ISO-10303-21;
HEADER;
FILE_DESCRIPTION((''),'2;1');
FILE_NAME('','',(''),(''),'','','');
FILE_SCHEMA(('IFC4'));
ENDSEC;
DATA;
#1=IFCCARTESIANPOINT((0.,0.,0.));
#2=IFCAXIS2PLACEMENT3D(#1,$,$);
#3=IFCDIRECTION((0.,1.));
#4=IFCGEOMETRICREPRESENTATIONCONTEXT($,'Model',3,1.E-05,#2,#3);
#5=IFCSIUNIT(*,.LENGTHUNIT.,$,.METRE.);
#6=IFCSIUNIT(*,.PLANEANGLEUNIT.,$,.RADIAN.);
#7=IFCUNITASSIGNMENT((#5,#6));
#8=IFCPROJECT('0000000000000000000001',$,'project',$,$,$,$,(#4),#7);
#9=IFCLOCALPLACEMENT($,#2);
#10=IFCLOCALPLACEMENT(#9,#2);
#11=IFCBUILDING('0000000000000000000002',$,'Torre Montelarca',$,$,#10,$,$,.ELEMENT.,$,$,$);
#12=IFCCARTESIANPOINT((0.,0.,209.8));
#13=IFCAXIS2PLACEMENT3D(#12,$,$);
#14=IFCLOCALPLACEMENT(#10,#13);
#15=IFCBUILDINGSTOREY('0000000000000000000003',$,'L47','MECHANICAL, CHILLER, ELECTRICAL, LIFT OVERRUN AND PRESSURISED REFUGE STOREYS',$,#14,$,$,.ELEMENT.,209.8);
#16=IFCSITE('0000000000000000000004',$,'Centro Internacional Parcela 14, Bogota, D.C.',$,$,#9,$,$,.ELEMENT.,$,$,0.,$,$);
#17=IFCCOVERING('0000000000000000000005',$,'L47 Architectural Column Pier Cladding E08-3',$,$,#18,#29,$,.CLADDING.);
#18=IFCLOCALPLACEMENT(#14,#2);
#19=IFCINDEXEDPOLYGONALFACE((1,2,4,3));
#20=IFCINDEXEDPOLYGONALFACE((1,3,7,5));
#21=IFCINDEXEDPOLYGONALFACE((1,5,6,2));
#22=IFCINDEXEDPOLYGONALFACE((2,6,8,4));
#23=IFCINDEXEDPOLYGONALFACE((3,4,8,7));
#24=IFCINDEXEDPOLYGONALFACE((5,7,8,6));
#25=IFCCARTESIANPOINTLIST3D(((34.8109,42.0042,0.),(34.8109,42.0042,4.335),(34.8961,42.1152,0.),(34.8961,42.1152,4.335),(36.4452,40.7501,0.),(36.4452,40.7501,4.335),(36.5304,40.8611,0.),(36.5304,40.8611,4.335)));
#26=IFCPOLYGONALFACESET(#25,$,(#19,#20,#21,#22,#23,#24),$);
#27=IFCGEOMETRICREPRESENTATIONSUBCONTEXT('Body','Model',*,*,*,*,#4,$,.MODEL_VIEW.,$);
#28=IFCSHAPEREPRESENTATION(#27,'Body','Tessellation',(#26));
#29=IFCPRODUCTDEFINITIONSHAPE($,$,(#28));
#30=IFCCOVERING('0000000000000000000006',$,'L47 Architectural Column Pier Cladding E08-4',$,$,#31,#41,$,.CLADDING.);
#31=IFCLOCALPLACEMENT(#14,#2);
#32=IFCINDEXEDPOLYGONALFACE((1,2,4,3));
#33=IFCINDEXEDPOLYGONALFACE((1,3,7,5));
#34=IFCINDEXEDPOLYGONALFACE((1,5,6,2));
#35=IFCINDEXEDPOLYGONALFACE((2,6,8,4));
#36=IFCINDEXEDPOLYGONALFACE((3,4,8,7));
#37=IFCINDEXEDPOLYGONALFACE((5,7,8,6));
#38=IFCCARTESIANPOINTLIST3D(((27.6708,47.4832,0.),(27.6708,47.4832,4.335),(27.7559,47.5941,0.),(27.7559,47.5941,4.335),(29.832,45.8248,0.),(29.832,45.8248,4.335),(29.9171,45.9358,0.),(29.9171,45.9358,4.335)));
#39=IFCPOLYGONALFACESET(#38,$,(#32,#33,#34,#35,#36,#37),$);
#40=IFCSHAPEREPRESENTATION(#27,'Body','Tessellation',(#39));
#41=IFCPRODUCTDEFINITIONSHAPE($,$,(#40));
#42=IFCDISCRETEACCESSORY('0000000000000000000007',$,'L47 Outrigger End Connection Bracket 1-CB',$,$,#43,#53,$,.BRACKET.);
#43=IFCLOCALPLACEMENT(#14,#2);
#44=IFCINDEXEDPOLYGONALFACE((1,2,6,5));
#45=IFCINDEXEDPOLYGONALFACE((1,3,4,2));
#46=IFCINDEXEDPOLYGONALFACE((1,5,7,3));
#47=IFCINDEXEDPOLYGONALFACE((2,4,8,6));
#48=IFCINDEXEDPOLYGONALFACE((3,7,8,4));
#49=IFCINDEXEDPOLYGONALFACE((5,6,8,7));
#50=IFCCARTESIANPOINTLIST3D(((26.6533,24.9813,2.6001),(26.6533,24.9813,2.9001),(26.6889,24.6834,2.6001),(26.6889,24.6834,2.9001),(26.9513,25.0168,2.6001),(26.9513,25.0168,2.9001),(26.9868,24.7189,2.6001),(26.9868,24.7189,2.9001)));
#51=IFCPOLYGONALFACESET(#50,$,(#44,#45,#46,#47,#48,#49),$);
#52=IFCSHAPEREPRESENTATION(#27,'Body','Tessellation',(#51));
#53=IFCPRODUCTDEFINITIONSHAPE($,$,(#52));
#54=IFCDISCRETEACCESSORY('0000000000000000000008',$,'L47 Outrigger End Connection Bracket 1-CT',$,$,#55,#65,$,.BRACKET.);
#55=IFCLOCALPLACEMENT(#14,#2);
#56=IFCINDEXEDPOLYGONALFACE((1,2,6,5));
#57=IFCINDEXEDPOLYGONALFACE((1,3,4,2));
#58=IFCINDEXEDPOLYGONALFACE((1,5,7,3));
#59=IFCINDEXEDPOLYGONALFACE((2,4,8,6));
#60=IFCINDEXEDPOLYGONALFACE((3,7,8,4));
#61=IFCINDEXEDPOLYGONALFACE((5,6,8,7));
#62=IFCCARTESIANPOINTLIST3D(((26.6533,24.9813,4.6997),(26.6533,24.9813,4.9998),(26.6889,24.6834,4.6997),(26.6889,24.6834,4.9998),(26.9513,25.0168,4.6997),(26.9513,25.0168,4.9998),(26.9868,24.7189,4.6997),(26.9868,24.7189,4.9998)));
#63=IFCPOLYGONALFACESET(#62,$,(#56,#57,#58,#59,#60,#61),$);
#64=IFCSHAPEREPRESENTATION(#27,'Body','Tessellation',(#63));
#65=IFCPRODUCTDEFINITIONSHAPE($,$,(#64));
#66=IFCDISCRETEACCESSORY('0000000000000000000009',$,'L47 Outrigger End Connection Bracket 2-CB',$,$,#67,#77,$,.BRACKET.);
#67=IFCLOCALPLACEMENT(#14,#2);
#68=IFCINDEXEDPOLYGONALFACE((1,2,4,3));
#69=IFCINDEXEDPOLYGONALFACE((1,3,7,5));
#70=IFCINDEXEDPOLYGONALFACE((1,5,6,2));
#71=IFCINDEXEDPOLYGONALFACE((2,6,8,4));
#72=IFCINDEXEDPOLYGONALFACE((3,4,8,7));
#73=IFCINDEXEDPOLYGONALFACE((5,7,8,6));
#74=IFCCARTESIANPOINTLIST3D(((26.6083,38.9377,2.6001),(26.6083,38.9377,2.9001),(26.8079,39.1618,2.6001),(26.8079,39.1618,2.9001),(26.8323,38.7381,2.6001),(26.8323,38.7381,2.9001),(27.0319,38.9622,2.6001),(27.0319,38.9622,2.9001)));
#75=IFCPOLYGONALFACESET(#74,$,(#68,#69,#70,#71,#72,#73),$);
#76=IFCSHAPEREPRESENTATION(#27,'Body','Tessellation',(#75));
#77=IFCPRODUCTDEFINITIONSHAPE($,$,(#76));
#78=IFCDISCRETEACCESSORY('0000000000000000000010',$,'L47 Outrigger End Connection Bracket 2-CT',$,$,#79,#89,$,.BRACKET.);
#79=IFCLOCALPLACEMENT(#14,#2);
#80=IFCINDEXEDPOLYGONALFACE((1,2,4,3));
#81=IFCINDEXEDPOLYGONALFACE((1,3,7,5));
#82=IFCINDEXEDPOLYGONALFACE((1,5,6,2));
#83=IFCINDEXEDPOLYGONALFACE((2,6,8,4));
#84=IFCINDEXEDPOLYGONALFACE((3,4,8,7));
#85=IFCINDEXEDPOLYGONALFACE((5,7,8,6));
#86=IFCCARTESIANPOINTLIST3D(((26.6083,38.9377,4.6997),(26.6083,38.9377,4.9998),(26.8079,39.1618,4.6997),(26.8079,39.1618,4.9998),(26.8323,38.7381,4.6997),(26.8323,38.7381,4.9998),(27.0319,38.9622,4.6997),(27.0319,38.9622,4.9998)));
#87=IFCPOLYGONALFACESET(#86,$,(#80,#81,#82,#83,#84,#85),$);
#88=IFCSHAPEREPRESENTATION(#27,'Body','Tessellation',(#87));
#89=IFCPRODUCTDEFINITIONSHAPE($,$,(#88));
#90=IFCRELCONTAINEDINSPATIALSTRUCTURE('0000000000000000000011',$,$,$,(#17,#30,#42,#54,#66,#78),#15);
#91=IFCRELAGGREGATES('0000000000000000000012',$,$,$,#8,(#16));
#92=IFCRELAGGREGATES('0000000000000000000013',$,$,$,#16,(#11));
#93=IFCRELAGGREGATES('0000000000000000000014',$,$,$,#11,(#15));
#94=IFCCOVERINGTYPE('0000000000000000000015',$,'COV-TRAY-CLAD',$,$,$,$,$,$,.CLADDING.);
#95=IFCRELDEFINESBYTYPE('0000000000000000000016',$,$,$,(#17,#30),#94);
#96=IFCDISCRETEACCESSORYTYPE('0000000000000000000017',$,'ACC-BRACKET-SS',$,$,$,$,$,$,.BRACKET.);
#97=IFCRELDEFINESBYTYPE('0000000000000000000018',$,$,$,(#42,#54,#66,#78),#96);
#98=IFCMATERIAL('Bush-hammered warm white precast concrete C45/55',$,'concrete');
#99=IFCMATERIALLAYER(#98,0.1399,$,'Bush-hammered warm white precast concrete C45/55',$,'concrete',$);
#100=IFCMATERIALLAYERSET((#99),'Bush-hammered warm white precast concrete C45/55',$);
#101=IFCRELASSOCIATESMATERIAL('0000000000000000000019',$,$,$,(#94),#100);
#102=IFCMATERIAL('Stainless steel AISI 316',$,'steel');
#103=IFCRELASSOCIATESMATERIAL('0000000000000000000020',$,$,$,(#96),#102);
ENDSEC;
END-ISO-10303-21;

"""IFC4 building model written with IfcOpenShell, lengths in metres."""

from ifc_helpers import new_model, si_unit, direction, frame, origin, origin_2d, place, context, subcontext, project, spatial, rectangle, extrude, source, transform, mapped, material, layer, layer_set, type_object, element, save


model = new_model("IFC4")

# Units and contexts
model_context = context("Model", 3, precision=1e-05, world=origin(), true_north=direction((0.0, 1.0)))
body_context = subcontext(model_context, "Body", "Model", "MODEL_VIEW")
ifc_project = project(units=[si_unit("LENGTHUNIT", "METRE"), si_unit("PLANEANGLEUNIT", "RADIAN")], contexts=[model_context])

# Site, building, storey
site_placement = place(None, origin())
site = spatial("IfcSite", under=ifc_project, at=site_placement, Name="Centro Internacional Parcela 14, Bogota, D.C.", CompositionType="ELEMENT", RefElevation=0.0)
building_placement = place(site_placement, origin())
building = spatial("IfcBuilding", under=site, at=building_placement, Name="Torre Montelarca", CompositionType="ELEMENT")
storey_placement = place(building_placement, frame((0.0, 0.0, 209.8)))
storey = spatial("IfcBuildingStorey", under=building, at=storey_placement, Name="L47", Description="MECHANICAL, CHILLER, ELECTRICAL, LIFT OVERRUN AND PRESSURISED REFUGE STOREYS", CompositionType="ELEMENT", Elevation=209.8)

# Coverings
ifc_material_1 = material(Name="Bush-hammered warm white precast concrete C45/55", Category="concrete")
ifc_layer_1 = layer(ifc_material_1, 0.1399, Name="Bush-hammered warm white precast concrete C45/55", Category="concrete")
ifc_layer_set_1 = layer_set([ifc_layer_1], Name="Bush-hammered warm white precast concrete C45/55")
covering_type = type_object("IfcCoveringType", Name="COV-TRAY-CLAD", PredefinedType="CLADDING", material=ifc_layer_set_1)
shared_shape_1 = source(origin(), body_context, "Body", "SweptSolid", [
    extrude(rectangle(XDim=2.0601, YDim=0.1399, at=origin_2d()), origin(), (0.0, 0.0, 1.0), 4.335),
])
covering_1_placement = place(storey_placement, frame((35.6707, 41.4326, 0.0), z_axis=(0.0, 0.0, 1.0), x_axis=(-0.793352, 0.608763, 0.0)))
element("IfcCovering", 1, at=covering_1_placement, inside=storey, type_object=covering_type, Name="L47 Architectural Column Pier Cladding E08-3", PredefinedType="CLADDING", context=body_context, shape_type="MappedRepresentation", body=[
    mapped(shared_shape_1, transform((0.0, 0.0, 0.0), scale=1.0)),
])
shared_shape_2 = source(origin(), body_context, "Body", "SweptSolid", [
    extrude(rectangle(XDim=2.7241, YDim=0.1399, at=origin_2d()), origin(), (0.0, 0.0, 1.0), 4.335),
])
covering_2_placement = place(storey_placement, frame((28.7939, 46.7095, 0.0), z_axis=(0.0, 0.0, 1.0), x_axis=(-0.793352, 0.608763, 0.0)))
element("IfcCovering", 2, at=covering_2_placement, inside=storey, type_object=covering_type, Name="L47 Architectural Column Pier Cladding E08-4", PredefinedType="CLADDING", context=body_context, shape_type="MappedRepresentation", body=[
    mapped(shared_shape_2, transform((0.0, 0.0, 0.0), scale=1.0)),
])

# Discrete accessories
ifc_material_2 = material(Name="Stainless steel AISI 316", Category="steel")
discrete_accessory_type = type_object("IfcDiscreteAccessoryType", Name="ACC-BRACKET-SS", PredefinedType="BRACKET", material=ifc_material_2)
shared_shape_3 = source(origin(), body_context, "Body", "SweptSolid", [
    extrude(rectangle(XDim=0.3, YDim=0.3, at=origin_2d()), origin(), (0.0, 0.0, 1.0), 0.3),
])
for number, where, z_axis, x_axis, name in (
    (3, (26.8201, 24.8501, 2.6001), (0.0, 0.0, 1.0), (-0.118404, 0.992966, 0.0), "L47 Outrigger End Connection Bracket 1-CB"),
    (4, (26.8201, 24.8501, 4.6997), (0.0, 0.0, 1.0), (-0.118404, 0.992966, 0.0), "L47 Outrigger End Connection Bracket 1-CT"),
    (5, (26.8201, 38.95, 2.6001), (0.0, 0.0, 1.0), (-0.746638, 0.66523, 0.0), "L47 Outrigger End Connection Bracket 2-CB"),
    (6, (26.8201, 38.95, 4.6997), (0.0, 0.0, 1.0), (-0.746638, 0.66523, 0.0), "L47 Outrigger End Connection Bracket 2-CT"),
):
    element("IfcDiscreteAccessory", number, at=place(storey_placement, frame(where, z_axis=z_axis, x_axis=x_axis)), inside=storey, type_object=discrete_accessory_type, Name=name, PredefinedType="BRACKET", context=body_context, shape_type="MappedRepresentation", body=[
        mapped(shared_shape_3, transform((0.0, 0.0, 0.0), scale=1.0)),
    ])

save(model, "model.ifc")
